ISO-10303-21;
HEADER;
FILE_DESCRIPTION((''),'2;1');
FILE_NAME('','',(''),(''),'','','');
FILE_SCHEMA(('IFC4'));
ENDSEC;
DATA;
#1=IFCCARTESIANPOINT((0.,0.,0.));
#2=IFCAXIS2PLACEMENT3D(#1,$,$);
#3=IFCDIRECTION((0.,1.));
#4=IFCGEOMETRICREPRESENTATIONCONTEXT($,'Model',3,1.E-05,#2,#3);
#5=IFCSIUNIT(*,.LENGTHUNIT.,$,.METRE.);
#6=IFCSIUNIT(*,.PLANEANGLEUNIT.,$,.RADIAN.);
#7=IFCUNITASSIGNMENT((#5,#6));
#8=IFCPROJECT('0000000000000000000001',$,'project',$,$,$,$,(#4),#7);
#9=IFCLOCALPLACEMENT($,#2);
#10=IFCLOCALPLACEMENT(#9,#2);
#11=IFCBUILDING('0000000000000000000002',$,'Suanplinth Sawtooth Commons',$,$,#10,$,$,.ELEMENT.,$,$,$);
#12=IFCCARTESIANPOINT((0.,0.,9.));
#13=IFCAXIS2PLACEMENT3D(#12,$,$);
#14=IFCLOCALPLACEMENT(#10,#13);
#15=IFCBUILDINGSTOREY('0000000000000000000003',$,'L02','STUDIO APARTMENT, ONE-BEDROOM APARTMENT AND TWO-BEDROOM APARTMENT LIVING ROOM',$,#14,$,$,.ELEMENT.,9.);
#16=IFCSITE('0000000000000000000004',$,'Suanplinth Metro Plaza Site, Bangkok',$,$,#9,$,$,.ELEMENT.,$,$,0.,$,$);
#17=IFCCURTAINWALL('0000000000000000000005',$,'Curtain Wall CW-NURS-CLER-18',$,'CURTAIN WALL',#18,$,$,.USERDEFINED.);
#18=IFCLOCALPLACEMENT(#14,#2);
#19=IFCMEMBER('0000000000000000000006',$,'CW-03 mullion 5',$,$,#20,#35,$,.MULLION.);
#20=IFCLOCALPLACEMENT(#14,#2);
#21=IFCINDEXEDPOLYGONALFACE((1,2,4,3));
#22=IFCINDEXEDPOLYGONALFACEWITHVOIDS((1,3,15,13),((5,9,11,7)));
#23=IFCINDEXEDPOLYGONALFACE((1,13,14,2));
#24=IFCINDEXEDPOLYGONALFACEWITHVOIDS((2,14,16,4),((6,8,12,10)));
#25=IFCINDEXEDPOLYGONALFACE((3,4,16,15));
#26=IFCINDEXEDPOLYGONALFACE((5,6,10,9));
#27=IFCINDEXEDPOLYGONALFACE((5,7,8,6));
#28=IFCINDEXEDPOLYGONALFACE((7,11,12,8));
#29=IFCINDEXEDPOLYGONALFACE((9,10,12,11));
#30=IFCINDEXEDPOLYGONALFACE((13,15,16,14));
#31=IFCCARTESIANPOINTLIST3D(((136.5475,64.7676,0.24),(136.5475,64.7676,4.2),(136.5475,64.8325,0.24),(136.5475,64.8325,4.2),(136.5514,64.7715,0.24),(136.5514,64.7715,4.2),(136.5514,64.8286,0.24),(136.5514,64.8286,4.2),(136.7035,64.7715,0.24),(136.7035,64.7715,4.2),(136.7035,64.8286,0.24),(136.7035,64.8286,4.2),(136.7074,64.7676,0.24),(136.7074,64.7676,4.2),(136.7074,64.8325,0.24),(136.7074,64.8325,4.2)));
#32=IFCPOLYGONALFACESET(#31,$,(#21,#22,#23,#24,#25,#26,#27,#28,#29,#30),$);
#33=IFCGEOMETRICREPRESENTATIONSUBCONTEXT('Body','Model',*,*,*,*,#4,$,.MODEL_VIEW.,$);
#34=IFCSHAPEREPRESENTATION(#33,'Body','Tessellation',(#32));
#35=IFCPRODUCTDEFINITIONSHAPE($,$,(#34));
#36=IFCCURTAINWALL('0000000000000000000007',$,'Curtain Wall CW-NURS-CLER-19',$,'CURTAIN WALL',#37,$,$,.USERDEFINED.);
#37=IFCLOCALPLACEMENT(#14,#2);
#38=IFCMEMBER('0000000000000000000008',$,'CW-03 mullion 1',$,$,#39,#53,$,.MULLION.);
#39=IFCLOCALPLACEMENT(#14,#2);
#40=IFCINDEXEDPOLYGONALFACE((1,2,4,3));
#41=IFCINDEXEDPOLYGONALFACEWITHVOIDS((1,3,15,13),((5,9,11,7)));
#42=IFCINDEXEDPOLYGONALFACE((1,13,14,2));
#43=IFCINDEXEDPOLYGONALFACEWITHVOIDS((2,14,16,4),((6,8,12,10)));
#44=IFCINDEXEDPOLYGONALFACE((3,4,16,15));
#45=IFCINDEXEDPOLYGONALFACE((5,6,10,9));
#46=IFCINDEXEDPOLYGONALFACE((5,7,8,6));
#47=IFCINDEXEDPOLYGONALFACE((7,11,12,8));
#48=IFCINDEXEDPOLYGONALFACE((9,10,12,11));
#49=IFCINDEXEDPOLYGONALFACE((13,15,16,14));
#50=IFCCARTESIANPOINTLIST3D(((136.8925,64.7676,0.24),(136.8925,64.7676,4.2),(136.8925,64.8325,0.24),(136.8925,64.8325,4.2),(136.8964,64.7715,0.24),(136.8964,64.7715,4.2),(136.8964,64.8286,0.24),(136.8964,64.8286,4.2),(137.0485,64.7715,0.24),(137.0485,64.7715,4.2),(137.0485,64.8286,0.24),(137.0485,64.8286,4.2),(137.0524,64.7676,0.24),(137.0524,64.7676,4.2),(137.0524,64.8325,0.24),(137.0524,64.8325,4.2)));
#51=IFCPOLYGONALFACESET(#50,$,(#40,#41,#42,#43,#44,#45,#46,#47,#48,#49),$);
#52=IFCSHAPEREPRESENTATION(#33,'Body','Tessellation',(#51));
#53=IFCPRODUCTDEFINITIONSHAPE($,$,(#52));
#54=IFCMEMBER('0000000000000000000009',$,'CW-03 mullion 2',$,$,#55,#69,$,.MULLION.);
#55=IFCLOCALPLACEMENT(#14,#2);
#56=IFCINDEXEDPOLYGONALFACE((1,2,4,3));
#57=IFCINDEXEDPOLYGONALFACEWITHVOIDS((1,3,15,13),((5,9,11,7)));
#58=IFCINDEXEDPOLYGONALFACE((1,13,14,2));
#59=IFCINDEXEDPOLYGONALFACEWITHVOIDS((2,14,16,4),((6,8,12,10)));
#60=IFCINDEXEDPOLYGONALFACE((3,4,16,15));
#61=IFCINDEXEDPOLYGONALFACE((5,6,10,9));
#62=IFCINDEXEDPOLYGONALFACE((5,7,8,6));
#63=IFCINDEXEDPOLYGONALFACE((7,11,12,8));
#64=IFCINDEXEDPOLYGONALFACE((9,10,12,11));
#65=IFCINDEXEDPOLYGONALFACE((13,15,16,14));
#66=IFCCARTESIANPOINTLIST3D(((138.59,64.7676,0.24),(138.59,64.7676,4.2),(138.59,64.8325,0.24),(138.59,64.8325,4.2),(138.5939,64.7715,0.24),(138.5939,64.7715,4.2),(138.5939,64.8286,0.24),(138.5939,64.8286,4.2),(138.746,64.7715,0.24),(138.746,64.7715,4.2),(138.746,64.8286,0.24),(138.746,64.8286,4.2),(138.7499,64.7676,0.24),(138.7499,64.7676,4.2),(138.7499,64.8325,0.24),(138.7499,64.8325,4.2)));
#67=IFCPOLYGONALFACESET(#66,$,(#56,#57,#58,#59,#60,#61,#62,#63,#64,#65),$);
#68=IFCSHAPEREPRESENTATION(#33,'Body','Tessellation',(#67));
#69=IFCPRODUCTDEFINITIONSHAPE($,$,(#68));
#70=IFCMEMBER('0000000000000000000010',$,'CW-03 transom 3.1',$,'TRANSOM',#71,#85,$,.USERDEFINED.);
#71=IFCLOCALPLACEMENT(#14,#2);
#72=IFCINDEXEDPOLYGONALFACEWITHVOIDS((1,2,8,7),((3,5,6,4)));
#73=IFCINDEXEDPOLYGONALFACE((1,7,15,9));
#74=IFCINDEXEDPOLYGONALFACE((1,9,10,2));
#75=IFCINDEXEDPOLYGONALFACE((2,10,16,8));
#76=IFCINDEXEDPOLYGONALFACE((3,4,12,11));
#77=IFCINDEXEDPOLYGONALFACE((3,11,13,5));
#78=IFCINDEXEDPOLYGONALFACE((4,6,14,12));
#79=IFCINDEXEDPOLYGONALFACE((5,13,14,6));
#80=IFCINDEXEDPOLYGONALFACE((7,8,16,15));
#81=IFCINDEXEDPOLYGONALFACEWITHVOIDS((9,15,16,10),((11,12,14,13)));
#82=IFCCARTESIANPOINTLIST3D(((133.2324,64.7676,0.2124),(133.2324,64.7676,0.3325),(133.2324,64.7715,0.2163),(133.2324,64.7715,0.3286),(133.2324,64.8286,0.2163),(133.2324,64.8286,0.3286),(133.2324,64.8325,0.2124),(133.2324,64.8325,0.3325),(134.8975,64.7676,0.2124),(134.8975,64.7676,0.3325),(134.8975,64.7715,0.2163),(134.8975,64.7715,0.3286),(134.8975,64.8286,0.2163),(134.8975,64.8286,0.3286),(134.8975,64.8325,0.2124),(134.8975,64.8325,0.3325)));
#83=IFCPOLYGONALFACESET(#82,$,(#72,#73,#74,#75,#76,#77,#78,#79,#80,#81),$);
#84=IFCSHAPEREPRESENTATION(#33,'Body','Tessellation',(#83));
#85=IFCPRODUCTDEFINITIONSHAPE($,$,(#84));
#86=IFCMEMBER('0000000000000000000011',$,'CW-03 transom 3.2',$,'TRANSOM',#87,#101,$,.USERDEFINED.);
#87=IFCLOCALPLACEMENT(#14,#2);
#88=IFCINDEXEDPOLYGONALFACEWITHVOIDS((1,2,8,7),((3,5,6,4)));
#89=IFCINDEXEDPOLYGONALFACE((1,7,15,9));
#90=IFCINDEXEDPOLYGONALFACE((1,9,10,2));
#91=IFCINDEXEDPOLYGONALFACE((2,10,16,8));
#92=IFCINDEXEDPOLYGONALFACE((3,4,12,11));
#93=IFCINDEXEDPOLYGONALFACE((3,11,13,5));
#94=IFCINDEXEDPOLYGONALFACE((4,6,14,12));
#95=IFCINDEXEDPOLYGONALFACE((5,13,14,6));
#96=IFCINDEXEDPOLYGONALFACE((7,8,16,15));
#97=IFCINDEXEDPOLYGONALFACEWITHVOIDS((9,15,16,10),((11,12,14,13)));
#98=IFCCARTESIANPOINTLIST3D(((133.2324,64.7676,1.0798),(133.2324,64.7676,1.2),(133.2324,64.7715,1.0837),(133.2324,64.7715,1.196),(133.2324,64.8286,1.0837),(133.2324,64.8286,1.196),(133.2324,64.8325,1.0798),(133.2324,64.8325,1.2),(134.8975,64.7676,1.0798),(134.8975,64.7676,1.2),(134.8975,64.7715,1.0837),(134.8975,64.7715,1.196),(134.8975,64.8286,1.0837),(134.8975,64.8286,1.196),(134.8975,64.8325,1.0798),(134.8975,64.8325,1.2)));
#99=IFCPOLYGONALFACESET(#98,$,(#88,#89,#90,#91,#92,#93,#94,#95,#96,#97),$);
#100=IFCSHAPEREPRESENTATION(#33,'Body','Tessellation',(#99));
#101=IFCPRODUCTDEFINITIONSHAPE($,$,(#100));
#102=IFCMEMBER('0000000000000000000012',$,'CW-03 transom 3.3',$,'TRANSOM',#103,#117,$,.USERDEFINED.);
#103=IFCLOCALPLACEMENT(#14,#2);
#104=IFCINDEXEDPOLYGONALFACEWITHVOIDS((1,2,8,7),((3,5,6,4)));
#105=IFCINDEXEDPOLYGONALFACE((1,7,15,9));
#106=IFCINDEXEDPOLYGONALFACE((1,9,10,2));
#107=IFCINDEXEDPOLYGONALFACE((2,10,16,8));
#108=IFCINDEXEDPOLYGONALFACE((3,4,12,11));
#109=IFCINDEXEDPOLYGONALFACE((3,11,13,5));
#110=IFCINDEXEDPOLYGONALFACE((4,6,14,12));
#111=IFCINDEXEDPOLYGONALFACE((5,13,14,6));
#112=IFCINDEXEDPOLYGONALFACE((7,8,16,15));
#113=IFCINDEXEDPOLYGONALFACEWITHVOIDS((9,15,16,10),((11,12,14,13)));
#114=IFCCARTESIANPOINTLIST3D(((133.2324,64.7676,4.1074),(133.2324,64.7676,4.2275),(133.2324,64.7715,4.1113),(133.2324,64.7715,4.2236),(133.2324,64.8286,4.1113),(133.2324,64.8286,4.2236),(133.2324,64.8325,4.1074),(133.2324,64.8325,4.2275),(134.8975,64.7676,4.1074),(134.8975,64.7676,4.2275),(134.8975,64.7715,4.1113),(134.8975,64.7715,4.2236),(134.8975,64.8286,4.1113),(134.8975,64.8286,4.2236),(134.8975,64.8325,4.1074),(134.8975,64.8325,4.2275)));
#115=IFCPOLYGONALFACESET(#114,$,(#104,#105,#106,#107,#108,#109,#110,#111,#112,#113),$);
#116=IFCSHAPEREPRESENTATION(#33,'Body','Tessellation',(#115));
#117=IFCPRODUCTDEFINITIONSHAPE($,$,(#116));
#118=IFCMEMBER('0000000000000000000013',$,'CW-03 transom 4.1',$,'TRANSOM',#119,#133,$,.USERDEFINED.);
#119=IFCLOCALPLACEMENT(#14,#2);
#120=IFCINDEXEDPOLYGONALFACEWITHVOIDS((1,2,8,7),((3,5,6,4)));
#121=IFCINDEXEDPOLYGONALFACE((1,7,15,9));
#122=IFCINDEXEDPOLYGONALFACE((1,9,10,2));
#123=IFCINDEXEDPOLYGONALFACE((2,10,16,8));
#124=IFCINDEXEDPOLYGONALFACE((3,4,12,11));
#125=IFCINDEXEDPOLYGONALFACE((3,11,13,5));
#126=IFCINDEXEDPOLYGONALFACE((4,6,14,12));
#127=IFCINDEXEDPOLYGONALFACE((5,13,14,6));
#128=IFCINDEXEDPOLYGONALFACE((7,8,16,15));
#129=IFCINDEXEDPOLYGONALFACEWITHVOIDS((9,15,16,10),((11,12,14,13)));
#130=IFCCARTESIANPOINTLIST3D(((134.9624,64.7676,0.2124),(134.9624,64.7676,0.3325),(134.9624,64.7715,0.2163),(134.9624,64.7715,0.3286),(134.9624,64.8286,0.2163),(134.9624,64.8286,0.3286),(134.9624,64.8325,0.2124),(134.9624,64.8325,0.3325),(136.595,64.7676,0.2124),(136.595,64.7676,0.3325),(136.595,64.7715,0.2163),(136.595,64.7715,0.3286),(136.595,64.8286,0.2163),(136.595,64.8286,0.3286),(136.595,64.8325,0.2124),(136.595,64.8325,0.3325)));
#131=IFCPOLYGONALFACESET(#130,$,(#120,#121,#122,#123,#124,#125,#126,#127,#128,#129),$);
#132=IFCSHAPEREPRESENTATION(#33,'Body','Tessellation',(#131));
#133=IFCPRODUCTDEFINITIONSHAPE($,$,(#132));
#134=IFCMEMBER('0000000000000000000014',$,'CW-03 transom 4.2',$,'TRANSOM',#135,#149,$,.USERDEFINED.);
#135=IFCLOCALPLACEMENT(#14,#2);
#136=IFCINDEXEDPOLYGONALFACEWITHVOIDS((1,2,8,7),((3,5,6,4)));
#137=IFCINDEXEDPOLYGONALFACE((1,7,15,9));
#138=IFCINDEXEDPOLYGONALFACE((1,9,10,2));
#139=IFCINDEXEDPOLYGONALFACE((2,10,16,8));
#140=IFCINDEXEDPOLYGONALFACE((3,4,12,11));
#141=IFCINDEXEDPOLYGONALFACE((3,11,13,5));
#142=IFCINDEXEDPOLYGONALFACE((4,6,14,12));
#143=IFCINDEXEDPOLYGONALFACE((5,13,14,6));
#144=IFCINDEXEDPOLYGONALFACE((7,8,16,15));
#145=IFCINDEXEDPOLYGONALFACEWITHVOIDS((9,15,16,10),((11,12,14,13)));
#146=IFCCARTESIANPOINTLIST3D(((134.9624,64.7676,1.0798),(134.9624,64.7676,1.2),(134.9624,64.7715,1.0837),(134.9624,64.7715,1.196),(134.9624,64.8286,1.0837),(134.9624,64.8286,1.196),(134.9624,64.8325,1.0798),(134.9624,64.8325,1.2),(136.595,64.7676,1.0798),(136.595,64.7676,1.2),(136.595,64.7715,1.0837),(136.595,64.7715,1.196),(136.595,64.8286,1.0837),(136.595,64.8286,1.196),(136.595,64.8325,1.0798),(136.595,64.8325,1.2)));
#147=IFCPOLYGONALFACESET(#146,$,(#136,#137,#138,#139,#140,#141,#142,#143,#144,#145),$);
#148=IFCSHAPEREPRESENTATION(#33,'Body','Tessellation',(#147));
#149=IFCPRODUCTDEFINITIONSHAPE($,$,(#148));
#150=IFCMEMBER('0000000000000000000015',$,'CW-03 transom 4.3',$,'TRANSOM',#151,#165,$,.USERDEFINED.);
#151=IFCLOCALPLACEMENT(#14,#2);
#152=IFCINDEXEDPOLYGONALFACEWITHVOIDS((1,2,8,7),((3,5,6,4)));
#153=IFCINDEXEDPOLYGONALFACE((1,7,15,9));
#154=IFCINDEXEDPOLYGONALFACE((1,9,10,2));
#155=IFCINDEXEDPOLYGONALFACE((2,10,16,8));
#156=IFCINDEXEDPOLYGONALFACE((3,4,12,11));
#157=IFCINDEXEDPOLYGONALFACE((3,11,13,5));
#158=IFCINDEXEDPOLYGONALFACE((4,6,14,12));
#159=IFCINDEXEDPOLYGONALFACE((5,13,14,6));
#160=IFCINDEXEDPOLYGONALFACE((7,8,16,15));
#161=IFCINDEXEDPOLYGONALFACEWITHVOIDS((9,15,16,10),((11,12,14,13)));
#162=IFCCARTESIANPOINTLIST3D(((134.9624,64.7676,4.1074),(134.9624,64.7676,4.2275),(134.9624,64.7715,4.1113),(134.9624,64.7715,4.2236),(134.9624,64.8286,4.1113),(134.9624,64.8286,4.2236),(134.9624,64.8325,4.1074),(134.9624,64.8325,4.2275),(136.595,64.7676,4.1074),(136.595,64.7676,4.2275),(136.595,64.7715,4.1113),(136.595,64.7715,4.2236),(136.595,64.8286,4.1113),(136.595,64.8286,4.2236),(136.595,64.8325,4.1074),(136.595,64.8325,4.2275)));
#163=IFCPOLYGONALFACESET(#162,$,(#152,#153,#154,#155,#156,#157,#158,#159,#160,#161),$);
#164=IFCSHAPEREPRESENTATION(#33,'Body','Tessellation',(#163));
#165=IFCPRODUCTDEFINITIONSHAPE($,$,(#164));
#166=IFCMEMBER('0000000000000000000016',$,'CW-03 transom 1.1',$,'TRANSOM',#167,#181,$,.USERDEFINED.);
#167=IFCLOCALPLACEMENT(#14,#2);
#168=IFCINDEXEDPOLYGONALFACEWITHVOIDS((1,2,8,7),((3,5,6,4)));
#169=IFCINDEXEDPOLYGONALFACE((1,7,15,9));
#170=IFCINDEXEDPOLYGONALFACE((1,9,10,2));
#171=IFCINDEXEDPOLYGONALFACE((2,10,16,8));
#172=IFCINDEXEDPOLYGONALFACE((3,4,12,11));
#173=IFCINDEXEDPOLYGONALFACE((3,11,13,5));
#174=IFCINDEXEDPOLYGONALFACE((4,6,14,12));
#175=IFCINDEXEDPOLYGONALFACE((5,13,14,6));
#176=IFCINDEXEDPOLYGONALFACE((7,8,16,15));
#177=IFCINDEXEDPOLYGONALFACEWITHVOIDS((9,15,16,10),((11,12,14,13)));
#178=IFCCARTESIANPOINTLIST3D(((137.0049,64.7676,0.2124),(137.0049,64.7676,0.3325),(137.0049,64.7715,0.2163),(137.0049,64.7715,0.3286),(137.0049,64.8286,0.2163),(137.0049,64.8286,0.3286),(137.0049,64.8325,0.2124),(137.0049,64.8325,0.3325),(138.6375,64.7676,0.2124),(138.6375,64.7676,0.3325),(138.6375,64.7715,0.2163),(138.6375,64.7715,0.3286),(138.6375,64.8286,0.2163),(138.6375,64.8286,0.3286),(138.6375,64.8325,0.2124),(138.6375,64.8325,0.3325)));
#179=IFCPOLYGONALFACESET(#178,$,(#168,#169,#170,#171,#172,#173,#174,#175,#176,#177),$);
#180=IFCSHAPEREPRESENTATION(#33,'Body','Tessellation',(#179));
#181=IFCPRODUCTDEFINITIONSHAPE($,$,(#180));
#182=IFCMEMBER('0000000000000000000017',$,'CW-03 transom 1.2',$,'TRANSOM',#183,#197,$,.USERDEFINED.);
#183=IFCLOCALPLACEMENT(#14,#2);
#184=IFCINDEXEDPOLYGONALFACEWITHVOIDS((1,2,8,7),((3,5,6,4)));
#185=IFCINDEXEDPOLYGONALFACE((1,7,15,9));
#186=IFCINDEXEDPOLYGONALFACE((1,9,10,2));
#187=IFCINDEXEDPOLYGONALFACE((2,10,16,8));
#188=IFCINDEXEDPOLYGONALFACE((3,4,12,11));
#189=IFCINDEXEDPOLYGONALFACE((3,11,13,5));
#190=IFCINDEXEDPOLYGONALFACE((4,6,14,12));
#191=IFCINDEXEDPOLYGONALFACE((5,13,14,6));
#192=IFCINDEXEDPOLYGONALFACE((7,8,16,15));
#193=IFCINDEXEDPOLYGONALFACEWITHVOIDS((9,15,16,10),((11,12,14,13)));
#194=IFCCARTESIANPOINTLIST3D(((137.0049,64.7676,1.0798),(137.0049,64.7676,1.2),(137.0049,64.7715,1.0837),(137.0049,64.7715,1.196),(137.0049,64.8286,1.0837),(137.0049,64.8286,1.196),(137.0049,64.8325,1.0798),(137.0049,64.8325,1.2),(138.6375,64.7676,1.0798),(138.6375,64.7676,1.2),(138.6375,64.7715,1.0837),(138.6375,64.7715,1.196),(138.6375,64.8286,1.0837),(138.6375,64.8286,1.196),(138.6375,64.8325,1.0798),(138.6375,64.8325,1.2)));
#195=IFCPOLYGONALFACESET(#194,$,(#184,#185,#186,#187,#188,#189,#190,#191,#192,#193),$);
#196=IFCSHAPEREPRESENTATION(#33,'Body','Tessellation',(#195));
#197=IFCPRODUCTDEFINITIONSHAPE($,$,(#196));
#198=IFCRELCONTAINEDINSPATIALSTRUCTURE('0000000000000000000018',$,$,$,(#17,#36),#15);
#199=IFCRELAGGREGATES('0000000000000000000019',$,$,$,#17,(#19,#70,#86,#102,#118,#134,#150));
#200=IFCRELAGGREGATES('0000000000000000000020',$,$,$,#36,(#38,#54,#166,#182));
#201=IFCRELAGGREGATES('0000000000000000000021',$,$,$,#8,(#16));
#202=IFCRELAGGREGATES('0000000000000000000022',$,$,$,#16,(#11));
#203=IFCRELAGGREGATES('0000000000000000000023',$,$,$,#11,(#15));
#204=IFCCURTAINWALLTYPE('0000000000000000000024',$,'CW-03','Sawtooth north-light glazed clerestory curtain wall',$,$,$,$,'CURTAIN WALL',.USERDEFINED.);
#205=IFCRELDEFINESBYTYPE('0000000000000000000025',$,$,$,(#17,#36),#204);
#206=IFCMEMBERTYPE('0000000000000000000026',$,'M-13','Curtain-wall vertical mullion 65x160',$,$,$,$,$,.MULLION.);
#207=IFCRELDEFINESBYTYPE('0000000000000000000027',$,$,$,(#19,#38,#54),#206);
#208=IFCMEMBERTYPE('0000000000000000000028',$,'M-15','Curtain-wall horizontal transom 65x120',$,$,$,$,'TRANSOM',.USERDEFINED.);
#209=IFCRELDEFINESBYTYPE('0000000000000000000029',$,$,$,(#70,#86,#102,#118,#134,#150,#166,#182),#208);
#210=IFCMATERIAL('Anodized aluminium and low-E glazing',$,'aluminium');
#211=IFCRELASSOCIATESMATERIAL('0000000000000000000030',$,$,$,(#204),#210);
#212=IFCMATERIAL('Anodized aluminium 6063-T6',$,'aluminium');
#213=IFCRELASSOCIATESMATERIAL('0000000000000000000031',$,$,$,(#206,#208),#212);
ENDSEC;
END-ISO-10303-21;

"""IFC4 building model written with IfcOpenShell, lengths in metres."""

from ifc_helpers import new_model, si_unit, direction, frame, origin, origin_2d, place, context, subcontext, project, spatial, hollow_rectangle, extrude, material, material_profile, profile_set, type_object, element, aggregate, save


model = new_model("IFC4")

# Units and contexts
model_context = context("Model", 3, precision=1e-05, world=origin(), true_north=direction((0.0, 1.0)))
body_context = subcontext(model_context, "Body", "Model", "MODEL_VIEW")
ifc_project = project(units=[si_unit("LENGTHUNIT", "METRE"), si_unit("PLANEANGLEUNIT", "RADIAN")], contexts=[model_context])

# Site, building, storey
site_placement = place(None, origin())
site = spatial("IfcSite", under=ifc_project, at=site_placement, Name="Suanplinth Metro Plaza Site, Bangkok", CompositionType="ELEMENT", RefElevation=0.0)
building_placement = place(site_placement, origin())
building = spatial("IfcBuilding", under=site, at=building_placement, Name="Suanplinth Sawtooth Commons", CompositionType="ELEMENT")
storey_placement = place(building_placement, frame((0.0, 0.0, 9.0)))
storey = spatial("IfcBuildingStorey", under=building, at=storey_placement, Name="L02", Description="STUDIO APARTMENT, ONE-BEDROOM APARTMENT AND TWO-BEDROOM APARTMENT LIVING ROOM", CompositionType="ELEMENT", Elevation=9.0)

# Curtain walls, members
ifc_material_1 = material(Name="Anodized aluminium and low-E glazing", Category="aluminium")
curtain_wall_type = type_object("IfcCurtainWallType", Name="CW-03", Description="Sawtooth north-light glazed clerestory curtain wall", ElementType="CURTAIN WALL", PredefinedType="USERDEFINED", material=ifc_material_1)
curtain_wall_1_placement = place(storey_placement, origin())
curtain_wall_1 = element("IfcCurtainWall", 1, at=curtain_wall_1_placement, inside=storey, type_object=curtain_wall_type, Name="Curtain Wall CW-NURS-CLER-18", ObjectType="CURTAIN WALL", PredefinedType="USERDEFINED")
ifc_material_2 = material(Name="Anodized aluminium 6063-T6", Category="aluminium")
ifc_material_profile_1 = material_profile(ifc_material_2, hollow_rectangle(XDim=0.0649, YDim=0.1599, WallThickness=0.0039, at=origin_2d()), Name="ALU-MUL 65x160")
ifc_profile_set_1 = profile_set([ifc_material_profile_1], Name="Anodized aluminium 6063-T6")
member_type_1 = type_object("IfcMemberType", Name="M-13", Description="Curtain-wall vertical mullion 65x160", PredefinedType="MULLION", material=ifc_profile_set_1)
member_1_placement = place(storey_placement, frame((136.6274, 64.8, 0.24), z_axis=(0.0, 0.0, 1.0), x_axis=(0.0, 1.0, 0.0)))
member_1 = element("IfcMember", 2, at=member_1_placement, type_object=member_type_1, Name="CW-03 mullion 5", PredefinedType="MULLION", context=body_context, shape_type="SweptSolid", body=[
    extrude(hollow_rectangle(XDim=0.0649, YDim=0.1599, WallThickness=0.0039, at=origin_2d()), origin(), (0.0, 0.0, 1.0), 3.96),
])
curtain_wall_2_placement = place(storey_placement, origin())
curtain_wall_2 = element("IfcCurtainWall", 3, at=curtain_wall_2_placement, inside=storey, type_object=curtain_wall_type, Name="Curtain Wall CW-NURS-CLER-19", ObjectType="CURTAIN WALL", PredefinedType="USERDEFINED")
member_2_placement = place(storey_placement, frame((136.9724, 64.8, 0.24), z_axis=(0.0, 0.0, 1.0), x_axis=(0.0, 1.0, 0.0)))
member_2 = element("IfcMember", 4, at=member_2_placement, type_object=member_type_1, Name="CW-03 mullion 1", PredefinedType="MULLION", context=body_context, shape_type="SweptSolid", body=[
    extrude(hollow_rectangle(XDim=0.0649, YDim=0.1599, WallThickness=0.0039, at=origin_2d()), origin(), (0.0, 0.0, 1.0), 3.96),
])
member_3_placement = place(storey_placement, frame((138.6699, 64.8, 0.24), z_axis=(0.0, 0.0, 1.0), x_axis=(0.0, 1.0, 0.0)))
member_3 = element("IfcMember", 5, at=member_3_placement, type_object=member_type_1, Name="CW-03 mullion 2", PredefinedType="MULLION", context=body_context, shape_type="SweptSolid", body=[
    extrude(hollow_rectangle(XDim=0.0649, YDim=0.1599, WallThickness=0.0039, at=origin_2d()), origin(), (0.0, 0.0, 1.0), 3.96),
])

# Members
ifc_material_profile_2 = material_profile(ifc_material_2, hollow_rectangle(XDim=0.0649, YDim=0.1201, WallThickness=0.0039, at=origin_2d()), Name="ALU-TRN 65x120")
ifc_profile_set_2 = profile_set([ifc_material_profile_2], Name="Anodized aluminium 6063-T6")
member_type_2 = type_object("IfcMemberType", Name="M-15", Description="Curtain-wall horizontal transom 65x120", ElementType="TRANSOM", PredefinedType="USERDEFINED", material=ifc_profile_set_2)
member_4_placement = place(storey_placement, frame((133.2324, 64.8, 0.2725), z_axis=(1.0, 0.0, 0.0), x_axis=(0.0, 1.0, 0.0)))
member_4 = element("IfcMember", 6, at=member_4_placement, type_object=member_type_2, Name="CW-03 transom 3.1", ObjectType="TRANSOM", PredefinedType="USERDEFINED", context=body_context, shape_type="SweptSolid", body=[
    extrude(hollow_rectangle(XDim=0.0649, YDim=0.1201, WallThickness=0.0039, at=origin_2d()), origin(), (0.0, 0.0, 1.0), 1.665),
])
member_5_placement = place(storey_placement, frame((133.2324, 64.8, 1.1399), z_axis=(1.0, 0.0, 0.0), x_axis=(0.0, 1.0, 0.0)))
member_5 = element("IfcMember", 7, at=member_5_placement, type_object=member_type_2, Name="CW-03 transom 3.2", ObjectType="TRANSOM", PredefinedType="USERDEFINED", context=body_context, shape_type="SweptSolid", body=[
    extrude(hollow_rectangle(XDim=0.0649, YDim=0.1201, WallThickness=0.0039, at=origin_2d()), origin(), (0.0, 0.0, 1.0), 1.665),
])
member_6_placement = place(storey_placement, frame((133.2324, 64.8, 4.1675), z_axis=(1.0, 0.0, 0.0), x_axis=(0.0, 1.0, 0.0)))
member_6 = element("IfcMember", 8, at=member_6_placement, type_object=member_type_2, Name="CW-03 transom 3.3", ObjectType="TRANSOM", PredefinedType="USERDEFINED", context=body_context, shape_type="SweptSolid", body=[
    extrude(hollow_rectangle(XDim=0.0649, YDim=0.1201, WallThickness=0.0039, at=origin_2d()), origin(), (0.0, 0.0, 1.0), 1.665),
])
member_7_placement = place(storey_placement, frame((134.9624, 64.8, 0.2725), z_axis=(1.0, 0.0, 0.0), x_axis=(0.0, 1.0, 0.0)))
member_7 = element("IfcMember", 9, at=member_7_placement, type_object=member_type_2, Name="CW-03 transom 4.1", ObjectType="TRANSOM", PredefinedType="USERDEFINED", context=body_context, shape_type="SweptSolid", body=[
    extrude(hollow_rectangle(XDim=0.0649, YDim=0.1201, WallThickness=0.0039, at=origin_2d()), origin(), (0.0, 0.0, 1.0), 1.6326),
])
member_8_placement = place(storey_placement, frame((134.9624, 64.8, 1.1399), z_axis=(1.0, 0.0, 0.0), x_axis=(0.0, 1.0, 0.0)))
member_8 = element("IfcMember", 10, at=member_8_placement, type_object=member_type_2, Name="CW-03 transom 4.2", ObjectType="TRANSOM", PredefinedType="USERDEFINED", context=body_context, shape_type="SweptSolid", body=[
    extrude(hollow_rectangle(XDim=0.0649, YDim=0.1201, WallThickness=0.0039, at=origin_2d()), origin(), (0.0, 0.0, 1.0), 1.6326),
])
member_9_placement = place(storey_placement, frame((134.9624, 64.8, 4.1675), z_axis=(1.0, 0.0, 0.0), x_axis=(0.0, 1.0, 0.0)))
member_9 = element("IfcMember", 11, at=member_9_placement, type_object=member_type_2, Name="CW-03 transom 4.3", ObjectType="TRANSOM", PredefinedType="USERDEFINED", context=body_context, shape_type="SweptSolid", body=[
    extrude(hollow_rectangle(XDim=0.0649, YDim=0.1201, WallThickness=0.0039, at=origin_2d()), origin(), (0.0, 0.0, 1.0), 1.6326),
])
member_10_placement = place(storey_placement, frame((137.0049, 64.8, 0.2725), z_axis=(1.0, 0.0, 0.0), x_axis=(0.0, 1.0, 0.0)))
member_10 = element("IfcMember", 12, at=member_10_placement, type_object=member_type_2, Name="CW-03 transom 1.1", ObjectType="TRANSOM", PredefinedType="USERDEFINED", context=body_context, shape_type="SweptSolid", body=[
    extrude(hollow_rectangle(XDim=0.0649, YDim=0.1201, WallThickness=0.0039, at=origin_2d()), origin(), (0.0, 0.0, 1.0), 1.6326),
])
member_11_placement = place(storey_placement, frame((137.0049, 64.8, 1.1399), z_axis=(1.0, 0.0, 0.0), x_axis=(0.0, 1.0, 0.0)))
member_11 = element("IfcMember", 13, at=member_11_placement, type_object=member_type_2, Name="CW-03 transom 1.2", ObjectType="TRANSOM", PredefinedType="USERDEFINED", context=body_context, shape_type="SweptSolid", body=[
    extrude(hollow_rectangle(XDim=0.0649, YDim=0.1201, WallThickness=0.0039, at=origin_2d()), origin(), (0.0, 0.0, 1.0), 1.6326),
])

aggregate(curtain_wall_1, [member_1, member_4, member_5, member_6, member_7, member_8, member_9])
aggregate(curtain_wall_2, [member_2, member_3, member_10, member_11])

save(model, "model.ifc")
